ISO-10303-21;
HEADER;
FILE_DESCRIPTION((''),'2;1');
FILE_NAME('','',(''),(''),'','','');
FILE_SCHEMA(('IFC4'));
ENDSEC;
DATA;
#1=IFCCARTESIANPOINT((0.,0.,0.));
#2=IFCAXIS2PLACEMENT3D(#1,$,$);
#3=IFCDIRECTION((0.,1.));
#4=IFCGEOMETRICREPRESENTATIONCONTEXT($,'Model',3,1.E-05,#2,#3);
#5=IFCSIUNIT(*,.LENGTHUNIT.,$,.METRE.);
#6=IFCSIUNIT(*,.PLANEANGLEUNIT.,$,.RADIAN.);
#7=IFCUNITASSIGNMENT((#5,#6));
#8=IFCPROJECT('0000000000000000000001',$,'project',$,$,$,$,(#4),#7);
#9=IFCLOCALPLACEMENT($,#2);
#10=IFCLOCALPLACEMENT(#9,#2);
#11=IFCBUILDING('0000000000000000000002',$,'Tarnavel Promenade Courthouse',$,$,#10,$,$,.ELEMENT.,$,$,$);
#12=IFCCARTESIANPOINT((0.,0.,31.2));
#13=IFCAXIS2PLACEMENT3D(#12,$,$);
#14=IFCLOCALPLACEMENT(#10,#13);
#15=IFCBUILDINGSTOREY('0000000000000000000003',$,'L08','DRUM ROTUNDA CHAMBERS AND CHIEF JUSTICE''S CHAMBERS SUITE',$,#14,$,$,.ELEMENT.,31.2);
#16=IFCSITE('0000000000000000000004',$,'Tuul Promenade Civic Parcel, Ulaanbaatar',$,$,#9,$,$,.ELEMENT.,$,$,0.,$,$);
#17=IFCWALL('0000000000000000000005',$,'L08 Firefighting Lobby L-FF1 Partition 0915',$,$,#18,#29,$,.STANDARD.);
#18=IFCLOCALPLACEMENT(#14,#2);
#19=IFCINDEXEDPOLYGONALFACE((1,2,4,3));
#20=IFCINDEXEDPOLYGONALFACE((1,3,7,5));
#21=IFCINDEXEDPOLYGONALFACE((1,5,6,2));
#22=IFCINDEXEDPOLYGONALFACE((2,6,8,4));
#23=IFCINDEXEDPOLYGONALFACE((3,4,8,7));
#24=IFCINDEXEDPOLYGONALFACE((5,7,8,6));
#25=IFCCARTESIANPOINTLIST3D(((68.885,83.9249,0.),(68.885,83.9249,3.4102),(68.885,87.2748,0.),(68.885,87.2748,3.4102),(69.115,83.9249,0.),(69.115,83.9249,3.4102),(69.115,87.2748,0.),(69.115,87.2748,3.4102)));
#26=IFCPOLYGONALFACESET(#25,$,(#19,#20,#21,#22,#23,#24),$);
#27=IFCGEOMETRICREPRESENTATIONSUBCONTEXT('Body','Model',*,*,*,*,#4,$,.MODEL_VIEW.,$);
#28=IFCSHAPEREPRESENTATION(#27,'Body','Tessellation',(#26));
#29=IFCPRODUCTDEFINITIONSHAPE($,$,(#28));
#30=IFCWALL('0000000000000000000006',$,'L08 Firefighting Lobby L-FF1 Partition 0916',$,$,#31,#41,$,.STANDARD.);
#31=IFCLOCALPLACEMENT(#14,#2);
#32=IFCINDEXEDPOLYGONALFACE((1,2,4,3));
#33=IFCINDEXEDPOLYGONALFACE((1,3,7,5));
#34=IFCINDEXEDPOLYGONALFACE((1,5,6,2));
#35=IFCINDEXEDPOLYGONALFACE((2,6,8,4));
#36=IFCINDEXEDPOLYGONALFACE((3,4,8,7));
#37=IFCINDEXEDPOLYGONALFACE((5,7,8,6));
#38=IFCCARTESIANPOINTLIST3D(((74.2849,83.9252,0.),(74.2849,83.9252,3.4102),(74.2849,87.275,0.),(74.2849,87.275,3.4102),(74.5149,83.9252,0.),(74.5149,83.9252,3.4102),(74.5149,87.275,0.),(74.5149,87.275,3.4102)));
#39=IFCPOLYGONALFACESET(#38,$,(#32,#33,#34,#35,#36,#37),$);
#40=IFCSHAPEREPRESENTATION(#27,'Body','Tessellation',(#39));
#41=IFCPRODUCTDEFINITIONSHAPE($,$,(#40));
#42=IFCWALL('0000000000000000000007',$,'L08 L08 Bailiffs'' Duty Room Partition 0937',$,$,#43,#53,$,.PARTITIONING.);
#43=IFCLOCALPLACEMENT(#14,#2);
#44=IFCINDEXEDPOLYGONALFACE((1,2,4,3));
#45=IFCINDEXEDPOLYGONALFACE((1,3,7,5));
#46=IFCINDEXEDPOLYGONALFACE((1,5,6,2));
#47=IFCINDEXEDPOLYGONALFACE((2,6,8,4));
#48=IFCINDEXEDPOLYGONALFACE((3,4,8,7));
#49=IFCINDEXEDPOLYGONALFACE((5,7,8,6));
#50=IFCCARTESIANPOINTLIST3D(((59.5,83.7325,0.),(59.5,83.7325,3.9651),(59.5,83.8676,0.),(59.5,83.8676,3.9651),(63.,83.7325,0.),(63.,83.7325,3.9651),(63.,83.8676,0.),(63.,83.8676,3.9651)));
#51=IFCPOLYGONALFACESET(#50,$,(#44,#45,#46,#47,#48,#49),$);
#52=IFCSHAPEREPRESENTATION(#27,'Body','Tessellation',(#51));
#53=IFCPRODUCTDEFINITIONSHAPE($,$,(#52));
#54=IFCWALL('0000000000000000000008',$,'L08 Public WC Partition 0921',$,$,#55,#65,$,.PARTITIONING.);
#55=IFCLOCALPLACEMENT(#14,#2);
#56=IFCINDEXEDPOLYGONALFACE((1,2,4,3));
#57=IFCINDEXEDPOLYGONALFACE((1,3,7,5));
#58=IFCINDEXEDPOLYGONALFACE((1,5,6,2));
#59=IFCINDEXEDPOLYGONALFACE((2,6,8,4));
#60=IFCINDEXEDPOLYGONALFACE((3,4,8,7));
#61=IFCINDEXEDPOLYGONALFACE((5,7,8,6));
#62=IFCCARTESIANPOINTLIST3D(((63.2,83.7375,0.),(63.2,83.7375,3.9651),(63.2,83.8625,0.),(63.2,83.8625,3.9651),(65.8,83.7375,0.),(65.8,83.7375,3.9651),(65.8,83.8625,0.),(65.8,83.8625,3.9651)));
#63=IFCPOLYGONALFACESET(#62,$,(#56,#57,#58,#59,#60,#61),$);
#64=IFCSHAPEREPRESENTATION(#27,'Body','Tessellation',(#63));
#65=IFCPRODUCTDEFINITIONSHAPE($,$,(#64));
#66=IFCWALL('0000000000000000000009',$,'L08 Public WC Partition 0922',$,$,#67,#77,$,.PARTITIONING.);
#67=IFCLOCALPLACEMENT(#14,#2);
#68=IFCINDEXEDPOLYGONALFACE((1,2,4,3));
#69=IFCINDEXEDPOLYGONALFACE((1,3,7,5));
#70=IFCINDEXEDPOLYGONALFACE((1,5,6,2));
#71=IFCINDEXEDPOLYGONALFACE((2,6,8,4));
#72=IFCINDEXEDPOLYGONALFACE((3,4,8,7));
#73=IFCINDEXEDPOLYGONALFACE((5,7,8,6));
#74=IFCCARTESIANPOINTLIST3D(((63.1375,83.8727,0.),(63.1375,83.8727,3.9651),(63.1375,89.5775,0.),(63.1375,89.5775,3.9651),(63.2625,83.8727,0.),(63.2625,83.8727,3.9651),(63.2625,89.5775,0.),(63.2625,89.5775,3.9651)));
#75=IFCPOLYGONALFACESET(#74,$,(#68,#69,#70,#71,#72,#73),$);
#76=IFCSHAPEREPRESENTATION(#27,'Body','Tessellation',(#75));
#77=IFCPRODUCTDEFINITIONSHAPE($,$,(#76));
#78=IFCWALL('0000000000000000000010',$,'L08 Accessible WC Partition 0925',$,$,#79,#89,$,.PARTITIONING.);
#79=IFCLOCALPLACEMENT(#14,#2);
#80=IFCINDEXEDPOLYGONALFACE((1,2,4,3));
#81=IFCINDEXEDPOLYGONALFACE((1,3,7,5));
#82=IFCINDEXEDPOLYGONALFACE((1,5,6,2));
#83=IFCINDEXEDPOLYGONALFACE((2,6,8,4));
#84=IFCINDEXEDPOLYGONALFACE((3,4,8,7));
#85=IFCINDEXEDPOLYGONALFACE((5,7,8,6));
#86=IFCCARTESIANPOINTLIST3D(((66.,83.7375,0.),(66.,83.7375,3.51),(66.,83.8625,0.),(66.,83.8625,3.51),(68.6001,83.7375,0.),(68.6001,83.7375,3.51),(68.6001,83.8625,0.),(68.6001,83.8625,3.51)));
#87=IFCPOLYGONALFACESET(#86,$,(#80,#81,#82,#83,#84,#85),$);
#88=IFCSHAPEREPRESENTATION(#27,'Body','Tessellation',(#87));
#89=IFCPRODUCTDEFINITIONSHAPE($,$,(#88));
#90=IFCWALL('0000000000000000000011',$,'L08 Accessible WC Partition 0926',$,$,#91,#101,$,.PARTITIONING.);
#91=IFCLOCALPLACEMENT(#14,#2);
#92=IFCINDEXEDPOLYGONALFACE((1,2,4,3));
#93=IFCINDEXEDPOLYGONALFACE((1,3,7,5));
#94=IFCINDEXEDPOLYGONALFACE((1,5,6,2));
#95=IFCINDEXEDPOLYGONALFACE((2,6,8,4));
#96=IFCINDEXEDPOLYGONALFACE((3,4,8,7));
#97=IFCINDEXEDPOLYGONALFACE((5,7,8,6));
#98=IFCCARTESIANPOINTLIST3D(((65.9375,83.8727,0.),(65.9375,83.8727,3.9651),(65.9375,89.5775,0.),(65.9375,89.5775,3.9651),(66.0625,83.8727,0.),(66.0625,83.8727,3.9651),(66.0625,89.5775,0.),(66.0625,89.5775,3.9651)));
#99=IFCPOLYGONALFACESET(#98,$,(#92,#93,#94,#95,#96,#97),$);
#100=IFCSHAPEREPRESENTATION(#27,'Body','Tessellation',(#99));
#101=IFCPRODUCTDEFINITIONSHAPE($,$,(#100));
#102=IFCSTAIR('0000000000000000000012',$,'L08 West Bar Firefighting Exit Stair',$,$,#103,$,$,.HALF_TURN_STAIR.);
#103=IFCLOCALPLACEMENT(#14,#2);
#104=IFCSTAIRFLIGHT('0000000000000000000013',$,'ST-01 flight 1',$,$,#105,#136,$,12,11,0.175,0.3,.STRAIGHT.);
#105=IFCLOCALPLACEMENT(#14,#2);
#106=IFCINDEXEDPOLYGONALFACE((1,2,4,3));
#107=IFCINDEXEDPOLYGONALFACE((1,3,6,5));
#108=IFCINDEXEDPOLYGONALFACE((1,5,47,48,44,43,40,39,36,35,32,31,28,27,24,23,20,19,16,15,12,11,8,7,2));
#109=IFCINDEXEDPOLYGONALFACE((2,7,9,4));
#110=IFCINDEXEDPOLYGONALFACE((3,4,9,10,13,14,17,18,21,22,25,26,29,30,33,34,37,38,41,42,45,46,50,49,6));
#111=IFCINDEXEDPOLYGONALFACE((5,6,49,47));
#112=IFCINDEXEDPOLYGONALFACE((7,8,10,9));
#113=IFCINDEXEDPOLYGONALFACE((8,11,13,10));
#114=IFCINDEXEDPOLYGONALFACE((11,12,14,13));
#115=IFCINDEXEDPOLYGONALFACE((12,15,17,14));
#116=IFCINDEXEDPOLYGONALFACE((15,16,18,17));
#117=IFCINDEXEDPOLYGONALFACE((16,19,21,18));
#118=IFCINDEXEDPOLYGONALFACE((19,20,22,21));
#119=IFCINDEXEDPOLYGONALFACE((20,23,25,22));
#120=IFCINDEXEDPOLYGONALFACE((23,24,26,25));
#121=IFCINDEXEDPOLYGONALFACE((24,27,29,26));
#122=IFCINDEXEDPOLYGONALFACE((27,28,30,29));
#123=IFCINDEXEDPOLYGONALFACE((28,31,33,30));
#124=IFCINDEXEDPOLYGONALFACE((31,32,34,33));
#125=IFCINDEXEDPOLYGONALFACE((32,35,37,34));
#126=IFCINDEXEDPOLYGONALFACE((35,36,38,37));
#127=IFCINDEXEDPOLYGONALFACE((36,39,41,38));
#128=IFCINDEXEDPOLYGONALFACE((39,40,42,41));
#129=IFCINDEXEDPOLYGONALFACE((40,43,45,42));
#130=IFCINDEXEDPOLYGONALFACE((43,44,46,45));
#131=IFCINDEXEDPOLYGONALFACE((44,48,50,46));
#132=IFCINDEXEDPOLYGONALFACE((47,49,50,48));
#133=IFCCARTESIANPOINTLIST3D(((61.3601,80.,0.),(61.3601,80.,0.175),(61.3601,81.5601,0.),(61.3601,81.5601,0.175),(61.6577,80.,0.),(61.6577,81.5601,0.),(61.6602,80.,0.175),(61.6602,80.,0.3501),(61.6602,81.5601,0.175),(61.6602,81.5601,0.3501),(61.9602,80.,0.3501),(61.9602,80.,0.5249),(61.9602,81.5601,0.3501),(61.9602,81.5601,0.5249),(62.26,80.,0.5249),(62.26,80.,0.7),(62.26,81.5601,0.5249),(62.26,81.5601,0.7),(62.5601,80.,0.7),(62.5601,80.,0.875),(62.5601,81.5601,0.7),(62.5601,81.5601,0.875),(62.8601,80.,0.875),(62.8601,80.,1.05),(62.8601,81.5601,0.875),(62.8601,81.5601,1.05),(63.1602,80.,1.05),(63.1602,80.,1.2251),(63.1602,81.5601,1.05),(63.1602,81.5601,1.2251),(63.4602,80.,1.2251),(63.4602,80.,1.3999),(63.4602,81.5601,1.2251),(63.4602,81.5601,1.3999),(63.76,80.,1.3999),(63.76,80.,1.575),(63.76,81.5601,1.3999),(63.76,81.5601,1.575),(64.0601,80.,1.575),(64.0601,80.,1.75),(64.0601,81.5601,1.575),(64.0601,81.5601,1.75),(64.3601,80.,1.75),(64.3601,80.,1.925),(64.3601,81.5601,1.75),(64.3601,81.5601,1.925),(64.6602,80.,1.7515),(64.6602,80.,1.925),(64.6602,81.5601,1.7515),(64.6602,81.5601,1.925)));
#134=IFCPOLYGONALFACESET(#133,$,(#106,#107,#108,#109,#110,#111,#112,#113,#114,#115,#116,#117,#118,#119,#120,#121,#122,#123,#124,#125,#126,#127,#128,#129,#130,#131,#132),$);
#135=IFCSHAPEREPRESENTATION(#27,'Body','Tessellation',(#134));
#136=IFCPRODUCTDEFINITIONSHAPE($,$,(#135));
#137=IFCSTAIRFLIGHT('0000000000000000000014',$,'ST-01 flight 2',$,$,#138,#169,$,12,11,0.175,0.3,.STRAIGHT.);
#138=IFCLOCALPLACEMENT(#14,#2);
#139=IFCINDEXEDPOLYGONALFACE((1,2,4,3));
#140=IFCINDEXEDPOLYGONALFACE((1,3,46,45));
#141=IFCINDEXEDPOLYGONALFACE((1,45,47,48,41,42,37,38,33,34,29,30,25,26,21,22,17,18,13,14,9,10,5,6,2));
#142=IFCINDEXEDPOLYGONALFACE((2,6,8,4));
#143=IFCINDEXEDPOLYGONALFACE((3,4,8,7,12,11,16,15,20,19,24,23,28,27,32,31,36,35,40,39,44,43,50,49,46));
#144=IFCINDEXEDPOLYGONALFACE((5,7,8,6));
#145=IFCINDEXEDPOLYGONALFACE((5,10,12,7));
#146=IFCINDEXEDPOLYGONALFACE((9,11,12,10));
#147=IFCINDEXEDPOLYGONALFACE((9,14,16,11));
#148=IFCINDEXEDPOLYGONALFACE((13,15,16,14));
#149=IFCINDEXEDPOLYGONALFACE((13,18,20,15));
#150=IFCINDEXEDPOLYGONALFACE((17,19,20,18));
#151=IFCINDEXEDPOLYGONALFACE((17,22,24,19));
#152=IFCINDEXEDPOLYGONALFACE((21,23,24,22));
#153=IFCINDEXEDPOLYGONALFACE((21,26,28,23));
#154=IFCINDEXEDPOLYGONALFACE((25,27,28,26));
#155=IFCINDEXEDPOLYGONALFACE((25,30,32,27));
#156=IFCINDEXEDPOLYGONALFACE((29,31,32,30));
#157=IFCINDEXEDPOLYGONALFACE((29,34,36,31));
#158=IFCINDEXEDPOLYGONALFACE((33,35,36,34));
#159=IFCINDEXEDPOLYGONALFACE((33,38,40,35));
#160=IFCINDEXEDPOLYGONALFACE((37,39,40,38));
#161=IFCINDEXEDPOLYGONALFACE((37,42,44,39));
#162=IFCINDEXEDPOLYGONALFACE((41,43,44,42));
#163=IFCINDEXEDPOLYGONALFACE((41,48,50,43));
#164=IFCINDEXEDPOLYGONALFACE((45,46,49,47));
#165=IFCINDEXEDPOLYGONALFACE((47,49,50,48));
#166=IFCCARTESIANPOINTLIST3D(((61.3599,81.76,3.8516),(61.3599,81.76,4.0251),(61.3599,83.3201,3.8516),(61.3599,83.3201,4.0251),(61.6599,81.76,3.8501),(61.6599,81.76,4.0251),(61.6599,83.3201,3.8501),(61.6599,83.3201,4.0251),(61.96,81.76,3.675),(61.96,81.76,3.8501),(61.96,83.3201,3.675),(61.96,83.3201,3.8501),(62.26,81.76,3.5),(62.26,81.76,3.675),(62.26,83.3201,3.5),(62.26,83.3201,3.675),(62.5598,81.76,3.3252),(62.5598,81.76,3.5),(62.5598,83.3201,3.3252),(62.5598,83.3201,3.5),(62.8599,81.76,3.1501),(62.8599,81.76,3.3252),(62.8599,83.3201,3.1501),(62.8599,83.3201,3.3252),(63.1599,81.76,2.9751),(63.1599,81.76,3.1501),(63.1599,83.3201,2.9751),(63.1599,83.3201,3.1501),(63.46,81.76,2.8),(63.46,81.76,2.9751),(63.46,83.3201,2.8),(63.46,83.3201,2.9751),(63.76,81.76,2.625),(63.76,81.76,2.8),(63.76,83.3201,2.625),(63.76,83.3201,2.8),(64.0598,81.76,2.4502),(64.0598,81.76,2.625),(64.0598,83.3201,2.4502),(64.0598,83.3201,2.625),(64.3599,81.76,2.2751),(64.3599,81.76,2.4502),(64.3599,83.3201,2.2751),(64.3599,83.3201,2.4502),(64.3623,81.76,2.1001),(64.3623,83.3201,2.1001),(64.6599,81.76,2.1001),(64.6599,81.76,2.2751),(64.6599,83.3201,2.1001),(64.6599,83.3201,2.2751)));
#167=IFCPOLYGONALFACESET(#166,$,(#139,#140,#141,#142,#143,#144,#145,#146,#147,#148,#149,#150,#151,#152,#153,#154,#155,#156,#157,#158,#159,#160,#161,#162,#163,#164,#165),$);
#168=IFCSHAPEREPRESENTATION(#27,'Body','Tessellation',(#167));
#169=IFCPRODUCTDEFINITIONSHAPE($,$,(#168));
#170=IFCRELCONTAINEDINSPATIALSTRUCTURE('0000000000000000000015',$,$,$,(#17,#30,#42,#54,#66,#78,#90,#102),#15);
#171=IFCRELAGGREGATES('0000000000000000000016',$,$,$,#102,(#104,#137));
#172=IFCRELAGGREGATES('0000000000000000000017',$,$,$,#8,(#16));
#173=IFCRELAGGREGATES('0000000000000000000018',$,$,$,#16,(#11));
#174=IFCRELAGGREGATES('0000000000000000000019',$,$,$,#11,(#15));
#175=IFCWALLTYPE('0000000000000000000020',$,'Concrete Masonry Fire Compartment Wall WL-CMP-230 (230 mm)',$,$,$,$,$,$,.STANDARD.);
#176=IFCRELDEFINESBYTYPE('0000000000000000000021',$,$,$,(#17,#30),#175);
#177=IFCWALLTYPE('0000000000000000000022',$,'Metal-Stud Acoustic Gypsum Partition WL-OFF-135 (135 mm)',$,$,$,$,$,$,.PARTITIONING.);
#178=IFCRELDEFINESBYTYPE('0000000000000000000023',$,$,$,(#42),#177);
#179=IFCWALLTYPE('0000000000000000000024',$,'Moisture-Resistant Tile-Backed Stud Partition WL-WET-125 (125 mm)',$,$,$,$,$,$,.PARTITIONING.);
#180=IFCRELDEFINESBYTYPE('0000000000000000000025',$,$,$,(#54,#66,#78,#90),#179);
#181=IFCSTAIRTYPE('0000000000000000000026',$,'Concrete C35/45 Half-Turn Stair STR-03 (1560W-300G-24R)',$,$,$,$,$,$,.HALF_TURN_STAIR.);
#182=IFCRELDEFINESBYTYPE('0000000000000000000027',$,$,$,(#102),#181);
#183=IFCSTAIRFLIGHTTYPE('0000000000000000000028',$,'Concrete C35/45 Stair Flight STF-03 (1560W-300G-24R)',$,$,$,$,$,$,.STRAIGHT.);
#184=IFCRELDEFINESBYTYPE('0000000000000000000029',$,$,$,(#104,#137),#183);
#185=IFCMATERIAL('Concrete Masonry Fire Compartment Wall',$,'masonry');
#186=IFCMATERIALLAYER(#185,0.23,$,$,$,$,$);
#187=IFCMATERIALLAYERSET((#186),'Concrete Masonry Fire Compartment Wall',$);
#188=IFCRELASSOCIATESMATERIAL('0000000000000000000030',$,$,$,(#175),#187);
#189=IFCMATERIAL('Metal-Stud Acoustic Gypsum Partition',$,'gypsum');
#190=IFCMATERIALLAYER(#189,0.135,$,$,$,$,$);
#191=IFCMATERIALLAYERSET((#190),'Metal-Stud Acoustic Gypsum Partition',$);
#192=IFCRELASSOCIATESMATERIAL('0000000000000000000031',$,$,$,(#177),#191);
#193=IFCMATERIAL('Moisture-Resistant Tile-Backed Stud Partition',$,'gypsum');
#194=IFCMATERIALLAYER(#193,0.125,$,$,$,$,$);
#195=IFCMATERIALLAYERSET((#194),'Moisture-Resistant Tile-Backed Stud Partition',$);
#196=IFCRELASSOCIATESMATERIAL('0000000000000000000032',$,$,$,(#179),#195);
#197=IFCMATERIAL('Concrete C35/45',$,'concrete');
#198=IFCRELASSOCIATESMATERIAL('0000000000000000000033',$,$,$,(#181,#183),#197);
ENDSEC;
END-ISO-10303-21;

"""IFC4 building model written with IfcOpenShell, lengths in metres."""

from ifc_helpers import new_model, si_unit, direction, frame, frame_2d, origin, place, context, subcontext, project, spatial, polyline, rectangle, outline, extrude, material, layer, layer_set, type_object, element, aggregate, save


model = new_model("IFC4")

# Units and contexts
model_context = context("Model", 3, precision=1e-05, world=origin(), true_north=direction((0.0, 1.0)))
body_context = subcontext(model_context, "Body", "Model", "MODEL_VIEW")
ifc_project = project(units=[si_unit("LENGTHUNIT", "METRE"), si_unit("PLANEANGLEUNIT", "RADIAN")], contexts=[model_context])

# Site, building, storey
site_placement = place(None, origin())
site = spatial("IfcSite", under=ifc_project, at=site_placement, Name="Tuul Promenade Civic Parcel, Ulaanbaatar", CompositionType="ELEMENT", RefElevation=0.0)
building_placement = place(site_placement, origin())
building = spatial("IfcBuilding", under=site, at=building_placement, Name="Tarnavel Promenade Courthouse", CompositionType="ELEMENT")
storey_placement = place(building_placement, frame((0.0, 0.0, 31.2)))
storey = spatial("IfcBuildingStorey", under=building, at=storey_placement, Name="L08", Description="DRUM ROTUNDA CHAMBERS AND CHIEF JUSTICE'S CHAMBERS SUITE", CompositionType="ELEMENT", Elevation=31.2)

# Shared definitions
ifc_material_1 = material(Name="Concrete Masonry Fire Compartment Wall", Category="masonry")
ifc_layer_1 = layer(ifc_material_1, 0.23)
ifc_layer_set_1 = layer_set([ifc_layer_1], Name="Concrete Masonry Fire Compartment Wall")
wall_type_1 = type_object("IfcWallType", Name="Concrete Masonry Fire Compartment Wall WL-CMP-230 (230 mm)", PredefinedType="STANDARD", material=ifc_layer_set_1)

# Walls
for number, where, z_axis, x_axis, name in (
    (1, (69.0, 83.925, 0.0), (0.0, 0.0, 1.0), (0.0, 1.0, 0.0), "L08 Firefighting Lobby L-FF1 Partition 0915"),
    (2, (74.3999, 87.2749, 0.0), (0.0, 0.0, 1.0), (0.0, -1.0, 0.0), "L08 Firefighting Lobby L-FF1 Partition 0916"),
):
    element("IfcWall", number, at=place(storey_placement, frame(where, z_axis=z_axis, x_axis=x_axis)), inside=storey, type_object=wall_type_1, Name=name, PredefinedType="STANDARD", context=body_context, shape_type="SweptSolid", body=[
        extrude(rectangle(XDim=3.3499, YDim=0.23, at=frame_2d((1.6748, 0.0))), origin(), (0.0, 0.0, 1.0), 3.4102),
    ])
ifc_material_2 = material(Name="Metal-Stud Acoustic Gypsum Partition", Category="gypsum")
ifc_layer_2 = layer(ifc_material_2, 0.135)
ifc_layer_set_2 = layer_set([ifc_layer_2], Name="Metal-Stud Acoustic Gypsum Partition")
wall_type_2 = type_object("IfcWallType", Name="Metal-Stud Acoustic Gypsum Partition WL-OFF-135 (135 mm)", PredefinedType="PARTITIONING", material=ifc_layer_set_2)
wall_1_placement = place(storey_placement, frame((63.0, 83.8, 0.0), z_axis=(0.0, 0.0, 1.0), x_axis=(-1.0, 0.0, 0.0)))
element("IfcWall", 3, at=wall_1_placement, inside=storey, type_object=wall_type_2, Name="L08 L08 Bailiffs' Duty Room Partition 0937", PredefinedType="PARTITIONING", context=body_context, shape_type="SweptSolid", body=[
    extrude(rectangle(XDim=3.5, YDim=0.135, at=frame_2d((1.75, 0.0))), origin(), (0.0, 0.0, 1.0), 3.9651),
])
ifc_material_3 = material(Name="Moisture-Resistant Tile-Backed Stud Partition", Category="gypsum")
ifc_layer_3 = layer(ifc_material_3, 0.125)
ifc_layer_set_3 = layer_set([ifc_layer_3], Name="Moisture-Resistant Tile-Backed Stud Partition")
wall_type_3 = type_object("IfcWallType", Name="Moisture-Resistant Tile-Backed Stud Partition WL-WET-125 (125 mm)", PredefinedType="PARTITIONING", material=ifc_layer_set_3)
wall_2_placement = place(storey_placement, frame((65.8, 83.8, 0.0), z_axis=(0.0, 0.0, 1.0), x_axis=(-1.0, 0.0, 0.0)))
element("IfcWall", 4, at=wall_2_placement, inside=storey, type_object=wall_type_3, Name="L08 Public WC Partition 0921", PredefinedType="PARTITIONING", context=body_context, shape_type="SweptSolid", body=[
    extrude(rectangle(XDim=2.6001, YDim=0.125, at=frame_2d((1.3, 0.0))), origin(), (0.0, 0.0, 1.0), 3.9651),
])
wall_3_placement = place(storey_placement, frame((63.2, 83.8726, 0.0), z_axis=(0.0, 0.0, 1.0), x_axis=(0.0, 1.0, 0.0)))
element("IfcWall", 5, at=wall_3_placement, inside=storey, type_object=wall_type_3, Name="L08 Public WC Partition 0922", PredefinedType="PARTITIONING", context=body_context, shape_type="SweptSolid", body=[
    extrude(rectangle(XDim=5.7048, YDim=0.125, at=frame_2d((2.8525, 0.0))), origin(), (0.0, 0.0, 1.0), 3.9651),
])
wall_4_placement = place(storey_placement, frame((68.6001, 83.8, 0.0), z_axis=(0.0, 0.0, 1.0), x_axis=(-1.0, 0.0, 0.0)))
element("IfcWall", 6, at=wall_4_placement, inside=storey, type_object=wall_type_3, Name="L08 Accessible WC Partition 0925", PredefinedType="PARTITIONING", context=body_context, shape_type="SweptSolid", body=[
    extrude(rectangle(XDim=2.6001, YDim=0.125, at=frame_2d((1.3, 0.0))), origin(), (0.0, 0.0, 1.0), 3.51),
])
wall_5_placement = place(storey_placement, frame((66.0, 83.8726, 0.0), z_axis=(0.0, 0.0, 1.0), x_axis=(0.0, 1.0, 0.0)))
element("IfcWall", 7, at=wall_5_placement, inside=storey, type_object=wall_type_3, Name="L08 Accessible WC Partition 0926", PredefinedType="PARTITIONING", context=body_context, shape_type="SweptSolid", body=[
    extrude(rectangle(XDim=5.7048, YDim=0.125, at=frame_2d((2.8525, 0.0))), origin(), (0.0, 0.0, 1.0), 3.9651),
])

# Stair, stair flights
ifc_material_4 = material(Name="Concrete C35/45", Category="concrete")
stair_type = type_object("IfcStairType", Name="Concrete C35/45 Half-Turn Stair STR-03 (1560W-300G-24R)", PredefinedType="HALF_TURN_STAIR", material=ifc_material_4)
stair_placement = place(storey_placement, origin())
stair = element("IfcStair", 8, at=stair_placement, inside=storey, type_object=stair_type, Name="L08 West Bar Firefighting Exit Stair", PredefinedType="HALF_TURN_STAIR")
stair_flight_type = type_object("IfcStairFlightType", Name="Concrete C35/45 Stair Flight STF-03 (1560W-300G-24R)", PredefinedType="STRAIGHT", material=ifc_material_4)
stair_flight_1_placement = place(storey_placement, frame((61.3601, 80.78, 0.0), z_axis=(0.0, 0.0, 1.0), x_axis=(1.0, 0.0, 0.0)))
stair_flight_1 = element("IfcStairFlight", 9, at=stair_flight_1_placement, type_object=stair_flight_type, Name="ST-01 flight 1", NumberOfRisers=12, NumberOfTreads=11, PredefinedType="STRAIGHT", RiserHeight=0.175, TreadLength=0.3, context=body_context, shape_type="SweptSolid", body=[
    extrude(outline(polyline([(0.0, 0.0), (0.0, 0.175), (0.3, 0.175), (0.3, 0.3501), (0.6001, 0.3501), (0.6001, 0.5249), (0.8999, 0.5249), (0.8999, 0.7), (1.2, 0.7), (1.2, 0.875), (1.5, 0.875), (1.5, 1.05), (1.8, 1.05), (1.8, 1.2251), (2.1001, 1.2251), (2.1001, 1.3999), (2.3999, 1.3999), (2.3999, 1.575), (2.7, 1.575), (2.7, 1.75), (3.0, 1.75), (3.0, 1.925), (3.3, 1.925), (3.3, 2.1001), (3.3, 1.7515), (0.2976, 0.0), (0.0, 0.0)])), frame((0.0, 0.78, 0.0), z_axis=(0.0, -1.0, 0.0), x_axis=(1.0, 0.0, 0.0)), (0.0, 0.0, 1.0), 1.5601),
])
stair_flight_2_placement = place(storey_placement, frame((64.6599, 82.54, 2.1001), z_axis=(0.0, 0.0, 1.0), x_axis=(-1.0, 0.0, 0.0)))
stair_flight_2 = element("IfcStairFlight", 10, at=stair_flight_2_placement, type_object=stair_flight_type, Name="ST-01 flight 2", NumberOfRisers=12, NumberOfTreads=11, PredefinedType="STRAIGHT", RiserHeight=0.175, TreadLength=0.3, context=body_context, shape_type="SweptSolid", body=[
    extrude(outline(polyline([(0.0, 0.0), (0.0, 0.175), (0.3, 0.175), (0.3, 0.3501), (0.6001, 0.3501), (0.6001, 0.5249), (0.8999, 0.5249), (0.8999, 0.7), (1.2, 0.7), (1.2, 0.875), (1.5, 0.875), (1.5, 1.05), (1.8, 1.05), (1.8, 1.2251), (2.1001, 1.2251), (2.1001, 1.3999), (2.3999, 1.3999), (2.3999, 1.575), (2.7, 1.575), (2.7, 1.75), (3.0, 1.75), (3.0, 1.925), (3.3, 1.925), (3.3, 2.1001), (3.3, 1.7515), (0.2976, 0.0), (0.0, 0.0)])), frame((0.0, 0.78, 0.0), z_axis=(0.0, -1.0, 0.0), x_axis=(1.0, 0.0, 0.0)), (0.0, 0.0, 1.0), 1.5601),
])
aggregate(stair, [stair_flight_1, stair_flight_2])

save(model, "model.ifc")
